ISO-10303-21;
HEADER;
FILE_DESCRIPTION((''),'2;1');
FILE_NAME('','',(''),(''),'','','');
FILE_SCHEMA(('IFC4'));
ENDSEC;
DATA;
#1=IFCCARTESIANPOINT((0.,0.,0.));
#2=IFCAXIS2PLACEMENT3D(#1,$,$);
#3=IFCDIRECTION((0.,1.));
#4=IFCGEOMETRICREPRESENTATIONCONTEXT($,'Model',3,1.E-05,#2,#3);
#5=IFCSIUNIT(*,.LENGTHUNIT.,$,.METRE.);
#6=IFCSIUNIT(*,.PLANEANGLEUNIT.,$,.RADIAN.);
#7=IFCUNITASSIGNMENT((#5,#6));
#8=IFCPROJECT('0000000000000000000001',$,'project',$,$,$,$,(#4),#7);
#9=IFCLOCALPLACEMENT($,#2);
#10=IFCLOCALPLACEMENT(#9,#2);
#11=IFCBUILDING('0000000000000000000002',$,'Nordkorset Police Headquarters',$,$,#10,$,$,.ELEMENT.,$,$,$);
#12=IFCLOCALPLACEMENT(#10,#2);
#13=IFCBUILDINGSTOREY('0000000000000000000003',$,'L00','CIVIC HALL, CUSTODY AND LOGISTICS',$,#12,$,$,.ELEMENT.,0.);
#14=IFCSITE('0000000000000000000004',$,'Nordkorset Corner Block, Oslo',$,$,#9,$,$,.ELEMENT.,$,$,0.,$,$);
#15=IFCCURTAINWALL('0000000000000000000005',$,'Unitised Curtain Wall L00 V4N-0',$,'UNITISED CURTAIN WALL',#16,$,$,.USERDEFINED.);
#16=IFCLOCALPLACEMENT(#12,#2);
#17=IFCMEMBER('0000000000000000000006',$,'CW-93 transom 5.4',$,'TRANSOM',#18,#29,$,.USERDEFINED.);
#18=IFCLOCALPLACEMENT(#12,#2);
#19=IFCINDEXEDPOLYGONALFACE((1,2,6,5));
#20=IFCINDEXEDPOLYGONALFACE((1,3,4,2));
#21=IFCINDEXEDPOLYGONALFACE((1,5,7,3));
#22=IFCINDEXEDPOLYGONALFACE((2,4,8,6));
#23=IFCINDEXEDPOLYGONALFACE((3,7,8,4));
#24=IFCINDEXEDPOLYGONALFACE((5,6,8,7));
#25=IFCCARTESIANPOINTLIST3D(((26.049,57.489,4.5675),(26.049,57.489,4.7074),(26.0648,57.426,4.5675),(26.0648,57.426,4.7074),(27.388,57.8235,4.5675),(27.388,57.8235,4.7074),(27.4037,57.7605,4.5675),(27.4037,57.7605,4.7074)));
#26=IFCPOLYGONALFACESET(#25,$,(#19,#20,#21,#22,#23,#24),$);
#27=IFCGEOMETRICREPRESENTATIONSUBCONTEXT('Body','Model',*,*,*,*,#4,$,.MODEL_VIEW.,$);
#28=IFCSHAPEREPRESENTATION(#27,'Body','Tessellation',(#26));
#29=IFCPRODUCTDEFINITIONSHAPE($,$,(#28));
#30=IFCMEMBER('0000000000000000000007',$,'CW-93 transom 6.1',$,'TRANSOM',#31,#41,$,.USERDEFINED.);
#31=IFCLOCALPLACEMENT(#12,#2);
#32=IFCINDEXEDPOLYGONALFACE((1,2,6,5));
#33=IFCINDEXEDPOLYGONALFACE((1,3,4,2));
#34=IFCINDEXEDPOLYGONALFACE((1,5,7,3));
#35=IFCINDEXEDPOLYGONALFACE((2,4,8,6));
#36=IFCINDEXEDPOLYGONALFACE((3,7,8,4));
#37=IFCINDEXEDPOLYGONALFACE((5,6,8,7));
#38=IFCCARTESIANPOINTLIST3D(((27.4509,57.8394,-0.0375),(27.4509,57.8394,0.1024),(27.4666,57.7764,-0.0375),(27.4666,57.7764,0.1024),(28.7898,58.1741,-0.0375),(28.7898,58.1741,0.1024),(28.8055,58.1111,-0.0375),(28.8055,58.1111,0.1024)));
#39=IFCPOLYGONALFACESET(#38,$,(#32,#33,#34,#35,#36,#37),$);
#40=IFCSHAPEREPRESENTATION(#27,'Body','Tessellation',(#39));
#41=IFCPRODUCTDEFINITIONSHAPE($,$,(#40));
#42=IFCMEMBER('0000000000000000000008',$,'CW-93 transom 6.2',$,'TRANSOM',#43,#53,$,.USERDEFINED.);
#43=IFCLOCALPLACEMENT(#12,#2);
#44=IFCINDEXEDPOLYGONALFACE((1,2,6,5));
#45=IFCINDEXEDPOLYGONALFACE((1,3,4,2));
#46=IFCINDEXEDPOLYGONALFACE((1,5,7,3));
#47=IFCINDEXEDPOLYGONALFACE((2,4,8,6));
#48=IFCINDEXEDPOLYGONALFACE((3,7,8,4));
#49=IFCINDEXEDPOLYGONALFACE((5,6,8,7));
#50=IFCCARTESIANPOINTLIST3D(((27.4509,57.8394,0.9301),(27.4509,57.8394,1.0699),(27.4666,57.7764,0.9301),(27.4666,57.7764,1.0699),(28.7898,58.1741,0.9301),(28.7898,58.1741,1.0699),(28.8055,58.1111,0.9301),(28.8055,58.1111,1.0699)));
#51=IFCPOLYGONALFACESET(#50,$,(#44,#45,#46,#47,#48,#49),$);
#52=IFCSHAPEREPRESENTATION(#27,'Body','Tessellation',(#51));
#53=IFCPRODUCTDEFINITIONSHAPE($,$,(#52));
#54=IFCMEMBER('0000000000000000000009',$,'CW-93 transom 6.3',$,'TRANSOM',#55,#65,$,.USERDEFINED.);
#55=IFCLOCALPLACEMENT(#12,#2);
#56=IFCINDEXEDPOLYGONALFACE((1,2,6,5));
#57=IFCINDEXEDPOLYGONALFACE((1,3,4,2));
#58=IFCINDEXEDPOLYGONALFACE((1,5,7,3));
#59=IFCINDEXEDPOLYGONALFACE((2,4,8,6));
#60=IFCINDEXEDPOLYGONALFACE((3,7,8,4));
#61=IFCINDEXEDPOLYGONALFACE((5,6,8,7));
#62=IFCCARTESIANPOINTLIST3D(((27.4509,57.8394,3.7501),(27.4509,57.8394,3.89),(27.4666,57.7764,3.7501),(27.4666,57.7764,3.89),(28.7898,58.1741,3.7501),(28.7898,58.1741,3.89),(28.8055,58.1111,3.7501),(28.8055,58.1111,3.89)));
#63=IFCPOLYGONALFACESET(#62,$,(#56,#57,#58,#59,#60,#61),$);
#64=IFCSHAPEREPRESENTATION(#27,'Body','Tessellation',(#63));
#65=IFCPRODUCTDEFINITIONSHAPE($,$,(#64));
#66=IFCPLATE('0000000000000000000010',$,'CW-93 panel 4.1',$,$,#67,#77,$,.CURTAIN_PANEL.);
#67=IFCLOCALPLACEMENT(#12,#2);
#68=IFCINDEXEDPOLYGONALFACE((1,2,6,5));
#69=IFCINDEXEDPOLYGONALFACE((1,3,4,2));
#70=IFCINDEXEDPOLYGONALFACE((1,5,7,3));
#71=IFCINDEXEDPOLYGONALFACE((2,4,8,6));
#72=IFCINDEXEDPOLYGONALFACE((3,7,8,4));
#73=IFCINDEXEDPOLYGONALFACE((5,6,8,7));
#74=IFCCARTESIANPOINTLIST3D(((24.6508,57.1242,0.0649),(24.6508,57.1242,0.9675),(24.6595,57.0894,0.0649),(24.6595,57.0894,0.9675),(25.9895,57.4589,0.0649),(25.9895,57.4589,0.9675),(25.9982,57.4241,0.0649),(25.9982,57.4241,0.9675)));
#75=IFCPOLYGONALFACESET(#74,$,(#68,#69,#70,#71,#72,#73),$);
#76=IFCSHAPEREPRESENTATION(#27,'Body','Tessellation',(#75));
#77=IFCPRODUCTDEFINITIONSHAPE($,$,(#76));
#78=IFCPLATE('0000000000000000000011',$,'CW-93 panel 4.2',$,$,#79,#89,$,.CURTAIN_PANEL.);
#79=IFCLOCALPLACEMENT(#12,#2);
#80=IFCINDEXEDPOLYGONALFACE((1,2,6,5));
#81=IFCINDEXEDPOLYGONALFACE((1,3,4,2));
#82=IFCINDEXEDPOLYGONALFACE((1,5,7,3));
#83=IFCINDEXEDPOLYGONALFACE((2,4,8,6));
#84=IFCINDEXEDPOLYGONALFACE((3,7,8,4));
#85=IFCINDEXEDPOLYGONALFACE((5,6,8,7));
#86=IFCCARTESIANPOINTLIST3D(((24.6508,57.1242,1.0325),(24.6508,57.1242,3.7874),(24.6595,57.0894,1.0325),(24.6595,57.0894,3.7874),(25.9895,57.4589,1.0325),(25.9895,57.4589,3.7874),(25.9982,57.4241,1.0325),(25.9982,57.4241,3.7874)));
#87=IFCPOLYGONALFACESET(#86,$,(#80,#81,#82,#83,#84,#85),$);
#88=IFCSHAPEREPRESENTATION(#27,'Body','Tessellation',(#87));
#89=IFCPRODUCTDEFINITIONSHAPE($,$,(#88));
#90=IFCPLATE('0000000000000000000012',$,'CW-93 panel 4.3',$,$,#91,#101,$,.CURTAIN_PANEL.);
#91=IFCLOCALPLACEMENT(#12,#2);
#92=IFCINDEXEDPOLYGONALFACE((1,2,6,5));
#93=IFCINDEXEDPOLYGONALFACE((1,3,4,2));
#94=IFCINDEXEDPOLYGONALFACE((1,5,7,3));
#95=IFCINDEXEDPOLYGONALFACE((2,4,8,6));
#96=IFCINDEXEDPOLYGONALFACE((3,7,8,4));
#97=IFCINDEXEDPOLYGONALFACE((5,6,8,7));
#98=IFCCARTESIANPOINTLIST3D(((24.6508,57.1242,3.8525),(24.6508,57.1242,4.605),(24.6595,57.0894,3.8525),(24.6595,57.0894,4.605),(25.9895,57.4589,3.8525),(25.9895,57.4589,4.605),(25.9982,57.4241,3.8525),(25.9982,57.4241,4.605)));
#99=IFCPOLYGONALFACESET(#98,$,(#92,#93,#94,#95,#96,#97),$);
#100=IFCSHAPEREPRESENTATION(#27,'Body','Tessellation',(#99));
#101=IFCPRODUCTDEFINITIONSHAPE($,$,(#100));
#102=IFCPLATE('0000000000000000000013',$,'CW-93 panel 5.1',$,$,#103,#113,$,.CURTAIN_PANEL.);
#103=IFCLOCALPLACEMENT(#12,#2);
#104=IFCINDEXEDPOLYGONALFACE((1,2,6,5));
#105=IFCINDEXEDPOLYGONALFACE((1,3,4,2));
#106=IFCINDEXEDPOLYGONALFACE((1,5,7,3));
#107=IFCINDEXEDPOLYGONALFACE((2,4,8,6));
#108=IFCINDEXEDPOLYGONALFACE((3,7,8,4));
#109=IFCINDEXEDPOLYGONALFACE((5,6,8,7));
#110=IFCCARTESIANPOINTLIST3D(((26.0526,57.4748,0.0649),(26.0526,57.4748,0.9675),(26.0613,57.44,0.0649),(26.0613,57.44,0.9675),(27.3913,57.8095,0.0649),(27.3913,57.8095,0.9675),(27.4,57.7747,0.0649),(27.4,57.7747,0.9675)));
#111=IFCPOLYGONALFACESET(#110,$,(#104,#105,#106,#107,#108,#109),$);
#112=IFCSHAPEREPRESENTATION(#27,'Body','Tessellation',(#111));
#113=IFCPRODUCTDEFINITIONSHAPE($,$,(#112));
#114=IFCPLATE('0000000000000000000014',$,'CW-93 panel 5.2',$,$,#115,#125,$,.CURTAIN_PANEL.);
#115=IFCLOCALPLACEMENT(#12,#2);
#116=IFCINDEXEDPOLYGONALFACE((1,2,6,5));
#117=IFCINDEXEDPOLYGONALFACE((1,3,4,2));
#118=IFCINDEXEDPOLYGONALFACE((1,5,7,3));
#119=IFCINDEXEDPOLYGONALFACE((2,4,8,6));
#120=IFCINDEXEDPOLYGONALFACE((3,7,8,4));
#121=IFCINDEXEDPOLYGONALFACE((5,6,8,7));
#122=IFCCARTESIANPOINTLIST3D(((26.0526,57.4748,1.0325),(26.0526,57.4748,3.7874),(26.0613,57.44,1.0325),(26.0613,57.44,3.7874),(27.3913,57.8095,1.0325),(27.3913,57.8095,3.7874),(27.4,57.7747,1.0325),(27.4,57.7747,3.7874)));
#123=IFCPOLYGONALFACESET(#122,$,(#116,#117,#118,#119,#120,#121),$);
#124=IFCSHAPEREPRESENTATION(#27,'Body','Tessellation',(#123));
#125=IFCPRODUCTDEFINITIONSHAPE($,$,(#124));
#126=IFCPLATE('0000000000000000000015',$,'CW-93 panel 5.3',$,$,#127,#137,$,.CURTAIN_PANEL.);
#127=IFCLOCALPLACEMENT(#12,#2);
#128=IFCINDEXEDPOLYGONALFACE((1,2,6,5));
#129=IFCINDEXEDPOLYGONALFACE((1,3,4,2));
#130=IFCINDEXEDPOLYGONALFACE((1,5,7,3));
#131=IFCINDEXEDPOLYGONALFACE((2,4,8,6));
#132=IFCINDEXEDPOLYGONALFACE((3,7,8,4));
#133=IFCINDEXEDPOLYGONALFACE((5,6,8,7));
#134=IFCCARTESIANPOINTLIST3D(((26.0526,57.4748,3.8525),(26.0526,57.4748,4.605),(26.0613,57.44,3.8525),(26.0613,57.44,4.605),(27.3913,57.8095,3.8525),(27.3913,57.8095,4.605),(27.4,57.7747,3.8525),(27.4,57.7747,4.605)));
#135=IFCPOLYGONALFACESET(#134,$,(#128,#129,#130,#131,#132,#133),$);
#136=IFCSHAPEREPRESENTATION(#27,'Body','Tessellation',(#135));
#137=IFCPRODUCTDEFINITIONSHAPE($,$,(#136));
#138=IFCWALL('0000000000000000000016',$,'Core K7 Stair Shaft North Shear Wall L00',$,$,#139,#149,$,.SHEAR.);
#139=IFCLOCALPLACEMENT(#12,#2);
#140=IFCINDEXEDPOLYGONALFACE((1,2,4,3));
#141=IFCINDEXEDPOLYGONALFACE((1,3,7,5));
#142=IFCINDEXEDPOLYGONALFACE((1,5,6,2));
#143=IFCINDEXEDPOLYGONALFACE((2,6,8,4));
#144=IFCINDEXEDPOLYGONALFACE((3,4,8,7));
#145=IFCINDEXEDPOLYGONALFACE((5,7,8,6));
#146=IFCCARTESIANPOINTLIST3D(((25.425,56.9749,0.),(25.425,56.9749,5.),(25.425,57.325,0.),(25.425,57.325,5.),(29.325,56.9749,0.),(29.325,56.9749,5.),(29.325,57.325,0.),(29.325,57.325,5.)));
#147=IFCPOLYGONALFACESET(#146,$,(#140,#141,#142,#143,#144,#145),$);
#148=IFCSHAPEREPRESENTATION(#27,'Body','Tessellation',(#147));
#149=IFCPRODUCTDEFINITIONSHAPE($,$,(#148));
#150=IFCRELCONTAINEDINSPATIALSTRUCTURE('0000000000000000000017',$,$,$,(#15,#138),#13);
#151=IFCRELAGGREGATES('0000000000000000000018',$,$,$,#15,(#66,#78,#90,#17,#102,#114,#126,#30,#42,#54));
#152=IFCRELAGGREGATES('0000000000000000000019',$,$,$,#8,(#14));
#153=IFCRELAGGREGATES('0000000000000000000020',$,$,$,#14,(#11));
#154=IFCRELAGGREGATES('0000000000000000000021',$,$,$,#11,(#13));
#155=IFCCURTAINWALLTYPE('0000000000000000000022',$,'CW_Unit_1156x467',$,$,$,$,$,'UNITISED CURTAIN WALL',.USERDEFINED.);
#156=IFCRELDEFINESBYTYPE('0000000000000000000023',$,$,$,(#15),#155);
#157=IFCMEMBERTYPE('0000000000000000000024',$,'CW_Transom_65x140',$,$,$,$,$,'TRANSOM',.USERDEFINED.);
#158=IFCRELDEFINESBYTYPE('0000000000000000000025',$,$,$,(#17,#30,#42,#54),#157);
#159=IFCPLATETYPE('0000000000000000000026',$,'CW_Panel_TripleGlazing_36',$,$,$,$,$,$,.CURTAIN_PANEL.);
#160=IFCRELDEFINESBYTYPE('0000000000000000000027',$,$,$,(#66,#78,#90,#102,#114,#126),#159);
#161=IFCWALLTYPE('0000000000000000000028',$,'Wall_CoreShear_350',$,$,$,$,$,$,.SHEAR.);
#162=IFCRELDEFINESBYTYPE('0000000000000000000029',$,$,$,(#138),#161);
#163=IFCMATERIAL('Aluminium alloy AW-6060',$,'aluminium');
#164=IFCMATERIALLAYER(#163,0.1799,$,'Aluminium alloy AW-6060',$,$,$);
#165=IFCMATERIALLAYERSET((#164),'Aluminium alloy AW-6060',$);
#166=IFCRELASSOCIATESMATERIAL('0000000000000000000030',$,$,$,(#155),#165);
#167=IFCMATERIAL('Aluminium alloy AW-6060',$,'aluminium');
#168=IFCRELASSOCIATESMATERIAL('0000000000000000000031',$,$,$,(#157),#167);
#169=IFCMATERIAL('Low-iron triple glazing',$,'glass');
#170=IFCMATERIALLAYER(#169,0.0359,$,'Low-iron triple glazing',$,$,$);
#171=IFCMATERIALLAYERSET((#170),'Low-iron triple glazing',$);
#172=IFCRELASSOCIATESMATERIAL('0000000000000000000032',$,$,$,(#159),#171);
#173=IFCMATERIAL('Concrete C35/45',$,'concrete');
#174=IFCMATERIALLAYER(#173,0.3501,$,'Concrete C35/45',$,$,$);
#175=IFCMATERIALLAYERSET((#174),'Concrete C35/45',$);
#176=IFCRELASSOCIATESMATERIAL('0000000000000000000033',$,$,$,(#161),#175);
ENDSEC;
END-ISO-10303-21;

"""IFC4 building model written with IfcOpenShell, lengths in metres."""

from ifc_helpers import new_model, si_unit, direction, frame, frame_2d, origin, origin_2d, place, context, subcontext, project, spatial, rectangle, extrude, material, layer, layer_set, material_profile, profile_set, type_object, element, aggregate, save


model = new_model("IFC4")

# Units and contexts
model_context = context("Model", 3, precision=1e-05, world=origin(), true_north=direction((0.0, 1.0)))
body_context = subcontext(model_context, "Body", "Model", "MODEL_VIEW")
ifc_project = project(units=[si_unit("LENGTHUNIT", "METRE"), si_unit("PLANEANGLEUNIT", "RADIAN")], contexts=[model_context])

# Site, building, storey
site_placement = place(None, origin())
site = spatial("IfcSite", under=ifc_project, at=site_placement, Name="Nordkorset Corner Block, Oslo", CompositionType="ELEMENT", RefElevation=0.0)
building_placement = place(site_placement, origin())
building = spatial("IfcBuilding", under=site, at=building_placement, Name="Nordkorset Police Headquarters", CompositionType="ELEMENT")
storey_placement = place(building_placement, origin())
storey = spatial("IfcBuildingStorey", under=building, at=storey_placement, Name="L00", Description="CIVIC HALL, CUSTODY AND LOGISTICS", CompositionType="ELEMENT", Elevation=0.0)

# Curtain wall, members, plates
ifc_material_1 = material(Name="Aluminium alloy AW-6060", Category="aluminium")
ifc_layer_1 = layer(ifc_material_1, 0.1799, Name="Aluminium alloy AW-6060")
ifc_layer_set_1 = layer_set([ifc_layer_1], Name="Aluminium alloy AW-6060")
curtain_wall_type = type_object("IfcCurtainWallType", Name="CW_Unit_1156x467", ElementType="UNITISED CURTAIN WALL", PredefinedType="USERDEFINED", material=ifc_layer_set_1)
curtain_wall_placement = place(storey_placement, origin())
curtain_wall = element("IfcCurtainWall", 1, at=curtain_wall_placement, inside=storey, type_object=curtain_wall_type, Name="Unitised Curtain Wall L00 V4N-0", ObjectType="UNITISED CURTAIN WALL", PredefinedType="USERDEFINED")
ifc_material_2 = material(Name="Aluminium alloy AW-6060", Category="aluminium")
ifc_material_profile_1 = material_profile(ifc_material_2, rectangle(XDim=0.0649, YDim=0.1399, at=origin_2d()), Name="ALU TRAN 65x140")
ifc_profile_set_1 = profile_set([ifc_material_profile_1], Name="Aluminium alloy AW-6060")
member_type_1 = type_object("IfcMemberType", Name="CW_Transom_65x140", ElementType="TRANSOM", PredefinedType="USERDEFINED", material=ifc_profile_set_1)
member_1_placement = place(storey_placement, frame((26.0569, 57.4575, 4.6375), z_axis=(0.970184, 0.242369, 0.0), x_axis=(-0.242369, 0.970184, 0.0)))
member_1 = element("IfcMember", 2, at=member_1_placement, type_object=member_type_1, Name="CW-93 transom 5.4", ObjectType="TRANSOM", PredefinedType="USERDEFINED", context=body_context, shape_type="SweptSolid", body=[
    extrude(rectangle(XDim=0.0649, YDim=0.1399, at=origin_2d()), origin(), (0.0, 0.0, 1.0), 1.3801),
])
member_2_placement = place(storey_placement, frame((27.4587, 57.8079, 0.0325), z_axis=(0.970143, 0.242536, 0.0), x_axis=(-0.242536, 0.970143, 0.0)))
member_2 = element("IfcMember", 3, at=member_2_placement, type_object=member_type_1, Name="CW-93 transom 6.1", ObjectType="TRANSOM", PredefinedType="USERDEFINED", context=body_context, shape_type="SweptSolid", body=[
    extrude(rectangle(XDim=0.0649, YDim=0.1399, at=origin_2d()), origin(), (0.0, 0.0, 1.0), 1.3801),
])
member_3_placement = place(storey_placement, frame((27.4587, 57.8079, 1.0), z_axis=(0.970143, 0.242536, 0.0), x_axis=(-0.242536, 0.970143, 0.0)))
member_3 = element("IfcMember", 4, at=member_3_placement, type_object=member_type_1, Name="CW-93 transom 6.2", ObjectType="TRANSOM", PredefinedType="USERDEFINED", context=body_context, shape_type="SweptSolid", body=[
    extrude(rectangle(XDim=0.0649, YDim=0.1399, at=origin_2d()), origin(), (0.0, 0.0, 1.0), 1.3801),
])
member_4_placement = place(storey_placement, frame((27.4587, 57.8079, 3.8201), z_axis=(0.970143, 0.242536, 0.0), x_axis=(-0.242536, 0.970143, 0.0)))
member_4 = element("IfcMember", 5, at=member_4_placement, type_object=member_type_1, Name="CW-93 transom 6.3", ObjectType="TRANSOM", PredefinedType="USERDEFINED", context=body_context, shape_type="SweptSolid", body=[
    extrude(rectangle(XDim=0.0649, YDim=0.1399, at=origin_2d()), origin(), (0.0, 0.0, 1.0), 1.3801),
])
ifc_material_3 = material(Name="Low-iron triple glazing", Category="glass")
ifc_layer_2 = layer(ifc_material_3, 0.0359, Name="Low-iron triple glazing")
ifc_layer_set_2 = layer_set([ifc_layer_2], Name="Low-iron triple glazing")
plate_type = type_object("IfcPlateType", Name="CW_Panel_TripleGlazing_36", PredefinedType="CURTAIN_PANEL", material=ifc_layer_set_2)
plate_1_placement = place(storey_placement, frame((25.3245, 57.2742, 0.0649), z_axis=(0.0, 0.0, 1.0), x_axis=(0.970142, 0.242536, 0.0)))
plate_1 = element("IfcPlate", 6, at=plate_1_placement, type_object=plate_type, Name="CW-93 panel 4.1", PredefinedType="CURTAIN_PANEL", context=body_context, shape_type="SweptSolid", body=[
    extrude(rectangle(XDim=1.3799, YDim=0.0359, at=origin_2d()), origin(), (0.0, 0.0, 1.0), 0.9026),
])
plate_2_placement = place(storey_placement, frame((25.3245, 57.2742, 1.0325), z_axis=(0.0, 0.0, 1.0), x_axis=(0.970142, 0.242536, 0.0)))
plate_2 = element("IfcPlate", 7, at=plate_2_placement, type_object=plate_type, Name="CW-93 panel 4.2", PredefinedType="CURTAIN_PANEL", context=body_context, shape_type="SweptSolid", body=[
    extrude(rectangle(XDim=1.3799, YDim=0.0359, at=origin_2d()), origin(), (0.0, 0.0, 1.0), 2.7549),
])
plate_3_placement = place(storey_placement, frame((25.3245, 57.2742, 3.8525), z_axis=(0.0, 0.0, 1.0), x_axis=(0.970142, 0.242536, 0.0)))
plate_3 = element("IfcPlate", 8, at=plate_3_placement, type_object=plate_type, Name="CW-93 panel 4.3", PredefinedType="CURTAIN_PANEL", context=body_context, shape_type="SweptSolid", body=[
    extrude(rectangle(XDim=1.3799, YDim=0.0359, at=origin_2d()), origin(), (0.0, 0.0, 1.0), 0.7524),
])
plate_4_placement = place(storey_placement, frame((26.7263, 57.6248, 0.0649), z_axis=(0.0, 0.0, 1.0), x_axis=(0.970142, 0.242536, 0.0)))
plate_4 = element("IfcPlate", 9, at=plate_4_placement, type_object=plate_type, Name="CW-93 panel 5.1", PredefinedType="CURTAIN_PANEL", context=body_context, shape_type="SweptSolid", body=[
    extrude(rectangle(XDim=1.3799, YDim=0.0359, at=origin_2d()), origin(), (0.0, 0.0, 1.0), 0.9026),
])
plate_5_placement = place(storey_placement, frame((26.7263, 57.6248, 1.0325), z_axis=(0.0, 0.0, 1.0), x_axis=(0.970142, 0.242536, 0.0)))
plate_5 = element("IfcPlate", 10, at=plate_5_placement, type_object=plate_type, Name="CW-93 panel 5.2", PredefinedType="CURTAIN_PANEL", context=body_context, shape_type="SweptSolid", body=[
    extrude(rectangle(XDim=1.3799, YDim=0.0359, at=origin_2d()), origin(), (0.0, 0.0, 1.0), 2.7549),
])
plate_6_placement = place(storey_placement, frame((26.7263, 57.6248, 3.8525), z_axis=(0.0, 0.0, 1.0), x_axis=(0.970142, 0.242536, 0.0)))
plate_6 = element("IfcPlate", 11, at=plate_6_placement, type_object=plate_type, Name="CW-93 panel 5.3", PredefinedType="CURTAIN_PANEL", context=body_context, shape_type="SweptSolid", body=[
    extrude(rectangle(XDim=1.3799, YDim=0.0359, at=origin_2d()), origin(), (0.0, 0.0, 1.0), 0.7524),
])
aggregate(curtain_wall, [plate_1, plate_2, plate_3, member_1, plate_4, plate_5, plate_6, member_2, member_3, member_4])

# Wall
ifc_material_4 = material(Name="Concrete C35/45", Category="concrete")
ifc_layer_3 = layer(ifc_material_4, 0.3501, Name="Concrete C35/45")
ifc_layer_set_3 = layer_set([ifc_layer_3], Name="Concrete C35/45")
wall_type = type_object("IfcWallType", Name="Wall_CoreShear_350", PredefinedType="SHEAR", material=ifc_layer_set_3)
wall_placement = place(storey_placement, frame((25.425, 57.1499, 0.0), z_axis=(0.0, 0.0, 1.0), x_axis=(1.0, 0.0, 0.0)))
element("IfcWall", 12, at=wall_placement, inside=storey, type_object=wall_type, Name="Core K7 Stair Shaft North Shear Wall L00", PredefinedType="SHEAR", context=body_context, shape_type="SweptSolid", body=[
    extrude(rectangle(XDim=3.8999, YDim=0.3501, at=frame_2d((1.95, 0.0))), origin(), (0.0, 0.0, 1.0), 5.0),
])

save(model, "model.ifc")
